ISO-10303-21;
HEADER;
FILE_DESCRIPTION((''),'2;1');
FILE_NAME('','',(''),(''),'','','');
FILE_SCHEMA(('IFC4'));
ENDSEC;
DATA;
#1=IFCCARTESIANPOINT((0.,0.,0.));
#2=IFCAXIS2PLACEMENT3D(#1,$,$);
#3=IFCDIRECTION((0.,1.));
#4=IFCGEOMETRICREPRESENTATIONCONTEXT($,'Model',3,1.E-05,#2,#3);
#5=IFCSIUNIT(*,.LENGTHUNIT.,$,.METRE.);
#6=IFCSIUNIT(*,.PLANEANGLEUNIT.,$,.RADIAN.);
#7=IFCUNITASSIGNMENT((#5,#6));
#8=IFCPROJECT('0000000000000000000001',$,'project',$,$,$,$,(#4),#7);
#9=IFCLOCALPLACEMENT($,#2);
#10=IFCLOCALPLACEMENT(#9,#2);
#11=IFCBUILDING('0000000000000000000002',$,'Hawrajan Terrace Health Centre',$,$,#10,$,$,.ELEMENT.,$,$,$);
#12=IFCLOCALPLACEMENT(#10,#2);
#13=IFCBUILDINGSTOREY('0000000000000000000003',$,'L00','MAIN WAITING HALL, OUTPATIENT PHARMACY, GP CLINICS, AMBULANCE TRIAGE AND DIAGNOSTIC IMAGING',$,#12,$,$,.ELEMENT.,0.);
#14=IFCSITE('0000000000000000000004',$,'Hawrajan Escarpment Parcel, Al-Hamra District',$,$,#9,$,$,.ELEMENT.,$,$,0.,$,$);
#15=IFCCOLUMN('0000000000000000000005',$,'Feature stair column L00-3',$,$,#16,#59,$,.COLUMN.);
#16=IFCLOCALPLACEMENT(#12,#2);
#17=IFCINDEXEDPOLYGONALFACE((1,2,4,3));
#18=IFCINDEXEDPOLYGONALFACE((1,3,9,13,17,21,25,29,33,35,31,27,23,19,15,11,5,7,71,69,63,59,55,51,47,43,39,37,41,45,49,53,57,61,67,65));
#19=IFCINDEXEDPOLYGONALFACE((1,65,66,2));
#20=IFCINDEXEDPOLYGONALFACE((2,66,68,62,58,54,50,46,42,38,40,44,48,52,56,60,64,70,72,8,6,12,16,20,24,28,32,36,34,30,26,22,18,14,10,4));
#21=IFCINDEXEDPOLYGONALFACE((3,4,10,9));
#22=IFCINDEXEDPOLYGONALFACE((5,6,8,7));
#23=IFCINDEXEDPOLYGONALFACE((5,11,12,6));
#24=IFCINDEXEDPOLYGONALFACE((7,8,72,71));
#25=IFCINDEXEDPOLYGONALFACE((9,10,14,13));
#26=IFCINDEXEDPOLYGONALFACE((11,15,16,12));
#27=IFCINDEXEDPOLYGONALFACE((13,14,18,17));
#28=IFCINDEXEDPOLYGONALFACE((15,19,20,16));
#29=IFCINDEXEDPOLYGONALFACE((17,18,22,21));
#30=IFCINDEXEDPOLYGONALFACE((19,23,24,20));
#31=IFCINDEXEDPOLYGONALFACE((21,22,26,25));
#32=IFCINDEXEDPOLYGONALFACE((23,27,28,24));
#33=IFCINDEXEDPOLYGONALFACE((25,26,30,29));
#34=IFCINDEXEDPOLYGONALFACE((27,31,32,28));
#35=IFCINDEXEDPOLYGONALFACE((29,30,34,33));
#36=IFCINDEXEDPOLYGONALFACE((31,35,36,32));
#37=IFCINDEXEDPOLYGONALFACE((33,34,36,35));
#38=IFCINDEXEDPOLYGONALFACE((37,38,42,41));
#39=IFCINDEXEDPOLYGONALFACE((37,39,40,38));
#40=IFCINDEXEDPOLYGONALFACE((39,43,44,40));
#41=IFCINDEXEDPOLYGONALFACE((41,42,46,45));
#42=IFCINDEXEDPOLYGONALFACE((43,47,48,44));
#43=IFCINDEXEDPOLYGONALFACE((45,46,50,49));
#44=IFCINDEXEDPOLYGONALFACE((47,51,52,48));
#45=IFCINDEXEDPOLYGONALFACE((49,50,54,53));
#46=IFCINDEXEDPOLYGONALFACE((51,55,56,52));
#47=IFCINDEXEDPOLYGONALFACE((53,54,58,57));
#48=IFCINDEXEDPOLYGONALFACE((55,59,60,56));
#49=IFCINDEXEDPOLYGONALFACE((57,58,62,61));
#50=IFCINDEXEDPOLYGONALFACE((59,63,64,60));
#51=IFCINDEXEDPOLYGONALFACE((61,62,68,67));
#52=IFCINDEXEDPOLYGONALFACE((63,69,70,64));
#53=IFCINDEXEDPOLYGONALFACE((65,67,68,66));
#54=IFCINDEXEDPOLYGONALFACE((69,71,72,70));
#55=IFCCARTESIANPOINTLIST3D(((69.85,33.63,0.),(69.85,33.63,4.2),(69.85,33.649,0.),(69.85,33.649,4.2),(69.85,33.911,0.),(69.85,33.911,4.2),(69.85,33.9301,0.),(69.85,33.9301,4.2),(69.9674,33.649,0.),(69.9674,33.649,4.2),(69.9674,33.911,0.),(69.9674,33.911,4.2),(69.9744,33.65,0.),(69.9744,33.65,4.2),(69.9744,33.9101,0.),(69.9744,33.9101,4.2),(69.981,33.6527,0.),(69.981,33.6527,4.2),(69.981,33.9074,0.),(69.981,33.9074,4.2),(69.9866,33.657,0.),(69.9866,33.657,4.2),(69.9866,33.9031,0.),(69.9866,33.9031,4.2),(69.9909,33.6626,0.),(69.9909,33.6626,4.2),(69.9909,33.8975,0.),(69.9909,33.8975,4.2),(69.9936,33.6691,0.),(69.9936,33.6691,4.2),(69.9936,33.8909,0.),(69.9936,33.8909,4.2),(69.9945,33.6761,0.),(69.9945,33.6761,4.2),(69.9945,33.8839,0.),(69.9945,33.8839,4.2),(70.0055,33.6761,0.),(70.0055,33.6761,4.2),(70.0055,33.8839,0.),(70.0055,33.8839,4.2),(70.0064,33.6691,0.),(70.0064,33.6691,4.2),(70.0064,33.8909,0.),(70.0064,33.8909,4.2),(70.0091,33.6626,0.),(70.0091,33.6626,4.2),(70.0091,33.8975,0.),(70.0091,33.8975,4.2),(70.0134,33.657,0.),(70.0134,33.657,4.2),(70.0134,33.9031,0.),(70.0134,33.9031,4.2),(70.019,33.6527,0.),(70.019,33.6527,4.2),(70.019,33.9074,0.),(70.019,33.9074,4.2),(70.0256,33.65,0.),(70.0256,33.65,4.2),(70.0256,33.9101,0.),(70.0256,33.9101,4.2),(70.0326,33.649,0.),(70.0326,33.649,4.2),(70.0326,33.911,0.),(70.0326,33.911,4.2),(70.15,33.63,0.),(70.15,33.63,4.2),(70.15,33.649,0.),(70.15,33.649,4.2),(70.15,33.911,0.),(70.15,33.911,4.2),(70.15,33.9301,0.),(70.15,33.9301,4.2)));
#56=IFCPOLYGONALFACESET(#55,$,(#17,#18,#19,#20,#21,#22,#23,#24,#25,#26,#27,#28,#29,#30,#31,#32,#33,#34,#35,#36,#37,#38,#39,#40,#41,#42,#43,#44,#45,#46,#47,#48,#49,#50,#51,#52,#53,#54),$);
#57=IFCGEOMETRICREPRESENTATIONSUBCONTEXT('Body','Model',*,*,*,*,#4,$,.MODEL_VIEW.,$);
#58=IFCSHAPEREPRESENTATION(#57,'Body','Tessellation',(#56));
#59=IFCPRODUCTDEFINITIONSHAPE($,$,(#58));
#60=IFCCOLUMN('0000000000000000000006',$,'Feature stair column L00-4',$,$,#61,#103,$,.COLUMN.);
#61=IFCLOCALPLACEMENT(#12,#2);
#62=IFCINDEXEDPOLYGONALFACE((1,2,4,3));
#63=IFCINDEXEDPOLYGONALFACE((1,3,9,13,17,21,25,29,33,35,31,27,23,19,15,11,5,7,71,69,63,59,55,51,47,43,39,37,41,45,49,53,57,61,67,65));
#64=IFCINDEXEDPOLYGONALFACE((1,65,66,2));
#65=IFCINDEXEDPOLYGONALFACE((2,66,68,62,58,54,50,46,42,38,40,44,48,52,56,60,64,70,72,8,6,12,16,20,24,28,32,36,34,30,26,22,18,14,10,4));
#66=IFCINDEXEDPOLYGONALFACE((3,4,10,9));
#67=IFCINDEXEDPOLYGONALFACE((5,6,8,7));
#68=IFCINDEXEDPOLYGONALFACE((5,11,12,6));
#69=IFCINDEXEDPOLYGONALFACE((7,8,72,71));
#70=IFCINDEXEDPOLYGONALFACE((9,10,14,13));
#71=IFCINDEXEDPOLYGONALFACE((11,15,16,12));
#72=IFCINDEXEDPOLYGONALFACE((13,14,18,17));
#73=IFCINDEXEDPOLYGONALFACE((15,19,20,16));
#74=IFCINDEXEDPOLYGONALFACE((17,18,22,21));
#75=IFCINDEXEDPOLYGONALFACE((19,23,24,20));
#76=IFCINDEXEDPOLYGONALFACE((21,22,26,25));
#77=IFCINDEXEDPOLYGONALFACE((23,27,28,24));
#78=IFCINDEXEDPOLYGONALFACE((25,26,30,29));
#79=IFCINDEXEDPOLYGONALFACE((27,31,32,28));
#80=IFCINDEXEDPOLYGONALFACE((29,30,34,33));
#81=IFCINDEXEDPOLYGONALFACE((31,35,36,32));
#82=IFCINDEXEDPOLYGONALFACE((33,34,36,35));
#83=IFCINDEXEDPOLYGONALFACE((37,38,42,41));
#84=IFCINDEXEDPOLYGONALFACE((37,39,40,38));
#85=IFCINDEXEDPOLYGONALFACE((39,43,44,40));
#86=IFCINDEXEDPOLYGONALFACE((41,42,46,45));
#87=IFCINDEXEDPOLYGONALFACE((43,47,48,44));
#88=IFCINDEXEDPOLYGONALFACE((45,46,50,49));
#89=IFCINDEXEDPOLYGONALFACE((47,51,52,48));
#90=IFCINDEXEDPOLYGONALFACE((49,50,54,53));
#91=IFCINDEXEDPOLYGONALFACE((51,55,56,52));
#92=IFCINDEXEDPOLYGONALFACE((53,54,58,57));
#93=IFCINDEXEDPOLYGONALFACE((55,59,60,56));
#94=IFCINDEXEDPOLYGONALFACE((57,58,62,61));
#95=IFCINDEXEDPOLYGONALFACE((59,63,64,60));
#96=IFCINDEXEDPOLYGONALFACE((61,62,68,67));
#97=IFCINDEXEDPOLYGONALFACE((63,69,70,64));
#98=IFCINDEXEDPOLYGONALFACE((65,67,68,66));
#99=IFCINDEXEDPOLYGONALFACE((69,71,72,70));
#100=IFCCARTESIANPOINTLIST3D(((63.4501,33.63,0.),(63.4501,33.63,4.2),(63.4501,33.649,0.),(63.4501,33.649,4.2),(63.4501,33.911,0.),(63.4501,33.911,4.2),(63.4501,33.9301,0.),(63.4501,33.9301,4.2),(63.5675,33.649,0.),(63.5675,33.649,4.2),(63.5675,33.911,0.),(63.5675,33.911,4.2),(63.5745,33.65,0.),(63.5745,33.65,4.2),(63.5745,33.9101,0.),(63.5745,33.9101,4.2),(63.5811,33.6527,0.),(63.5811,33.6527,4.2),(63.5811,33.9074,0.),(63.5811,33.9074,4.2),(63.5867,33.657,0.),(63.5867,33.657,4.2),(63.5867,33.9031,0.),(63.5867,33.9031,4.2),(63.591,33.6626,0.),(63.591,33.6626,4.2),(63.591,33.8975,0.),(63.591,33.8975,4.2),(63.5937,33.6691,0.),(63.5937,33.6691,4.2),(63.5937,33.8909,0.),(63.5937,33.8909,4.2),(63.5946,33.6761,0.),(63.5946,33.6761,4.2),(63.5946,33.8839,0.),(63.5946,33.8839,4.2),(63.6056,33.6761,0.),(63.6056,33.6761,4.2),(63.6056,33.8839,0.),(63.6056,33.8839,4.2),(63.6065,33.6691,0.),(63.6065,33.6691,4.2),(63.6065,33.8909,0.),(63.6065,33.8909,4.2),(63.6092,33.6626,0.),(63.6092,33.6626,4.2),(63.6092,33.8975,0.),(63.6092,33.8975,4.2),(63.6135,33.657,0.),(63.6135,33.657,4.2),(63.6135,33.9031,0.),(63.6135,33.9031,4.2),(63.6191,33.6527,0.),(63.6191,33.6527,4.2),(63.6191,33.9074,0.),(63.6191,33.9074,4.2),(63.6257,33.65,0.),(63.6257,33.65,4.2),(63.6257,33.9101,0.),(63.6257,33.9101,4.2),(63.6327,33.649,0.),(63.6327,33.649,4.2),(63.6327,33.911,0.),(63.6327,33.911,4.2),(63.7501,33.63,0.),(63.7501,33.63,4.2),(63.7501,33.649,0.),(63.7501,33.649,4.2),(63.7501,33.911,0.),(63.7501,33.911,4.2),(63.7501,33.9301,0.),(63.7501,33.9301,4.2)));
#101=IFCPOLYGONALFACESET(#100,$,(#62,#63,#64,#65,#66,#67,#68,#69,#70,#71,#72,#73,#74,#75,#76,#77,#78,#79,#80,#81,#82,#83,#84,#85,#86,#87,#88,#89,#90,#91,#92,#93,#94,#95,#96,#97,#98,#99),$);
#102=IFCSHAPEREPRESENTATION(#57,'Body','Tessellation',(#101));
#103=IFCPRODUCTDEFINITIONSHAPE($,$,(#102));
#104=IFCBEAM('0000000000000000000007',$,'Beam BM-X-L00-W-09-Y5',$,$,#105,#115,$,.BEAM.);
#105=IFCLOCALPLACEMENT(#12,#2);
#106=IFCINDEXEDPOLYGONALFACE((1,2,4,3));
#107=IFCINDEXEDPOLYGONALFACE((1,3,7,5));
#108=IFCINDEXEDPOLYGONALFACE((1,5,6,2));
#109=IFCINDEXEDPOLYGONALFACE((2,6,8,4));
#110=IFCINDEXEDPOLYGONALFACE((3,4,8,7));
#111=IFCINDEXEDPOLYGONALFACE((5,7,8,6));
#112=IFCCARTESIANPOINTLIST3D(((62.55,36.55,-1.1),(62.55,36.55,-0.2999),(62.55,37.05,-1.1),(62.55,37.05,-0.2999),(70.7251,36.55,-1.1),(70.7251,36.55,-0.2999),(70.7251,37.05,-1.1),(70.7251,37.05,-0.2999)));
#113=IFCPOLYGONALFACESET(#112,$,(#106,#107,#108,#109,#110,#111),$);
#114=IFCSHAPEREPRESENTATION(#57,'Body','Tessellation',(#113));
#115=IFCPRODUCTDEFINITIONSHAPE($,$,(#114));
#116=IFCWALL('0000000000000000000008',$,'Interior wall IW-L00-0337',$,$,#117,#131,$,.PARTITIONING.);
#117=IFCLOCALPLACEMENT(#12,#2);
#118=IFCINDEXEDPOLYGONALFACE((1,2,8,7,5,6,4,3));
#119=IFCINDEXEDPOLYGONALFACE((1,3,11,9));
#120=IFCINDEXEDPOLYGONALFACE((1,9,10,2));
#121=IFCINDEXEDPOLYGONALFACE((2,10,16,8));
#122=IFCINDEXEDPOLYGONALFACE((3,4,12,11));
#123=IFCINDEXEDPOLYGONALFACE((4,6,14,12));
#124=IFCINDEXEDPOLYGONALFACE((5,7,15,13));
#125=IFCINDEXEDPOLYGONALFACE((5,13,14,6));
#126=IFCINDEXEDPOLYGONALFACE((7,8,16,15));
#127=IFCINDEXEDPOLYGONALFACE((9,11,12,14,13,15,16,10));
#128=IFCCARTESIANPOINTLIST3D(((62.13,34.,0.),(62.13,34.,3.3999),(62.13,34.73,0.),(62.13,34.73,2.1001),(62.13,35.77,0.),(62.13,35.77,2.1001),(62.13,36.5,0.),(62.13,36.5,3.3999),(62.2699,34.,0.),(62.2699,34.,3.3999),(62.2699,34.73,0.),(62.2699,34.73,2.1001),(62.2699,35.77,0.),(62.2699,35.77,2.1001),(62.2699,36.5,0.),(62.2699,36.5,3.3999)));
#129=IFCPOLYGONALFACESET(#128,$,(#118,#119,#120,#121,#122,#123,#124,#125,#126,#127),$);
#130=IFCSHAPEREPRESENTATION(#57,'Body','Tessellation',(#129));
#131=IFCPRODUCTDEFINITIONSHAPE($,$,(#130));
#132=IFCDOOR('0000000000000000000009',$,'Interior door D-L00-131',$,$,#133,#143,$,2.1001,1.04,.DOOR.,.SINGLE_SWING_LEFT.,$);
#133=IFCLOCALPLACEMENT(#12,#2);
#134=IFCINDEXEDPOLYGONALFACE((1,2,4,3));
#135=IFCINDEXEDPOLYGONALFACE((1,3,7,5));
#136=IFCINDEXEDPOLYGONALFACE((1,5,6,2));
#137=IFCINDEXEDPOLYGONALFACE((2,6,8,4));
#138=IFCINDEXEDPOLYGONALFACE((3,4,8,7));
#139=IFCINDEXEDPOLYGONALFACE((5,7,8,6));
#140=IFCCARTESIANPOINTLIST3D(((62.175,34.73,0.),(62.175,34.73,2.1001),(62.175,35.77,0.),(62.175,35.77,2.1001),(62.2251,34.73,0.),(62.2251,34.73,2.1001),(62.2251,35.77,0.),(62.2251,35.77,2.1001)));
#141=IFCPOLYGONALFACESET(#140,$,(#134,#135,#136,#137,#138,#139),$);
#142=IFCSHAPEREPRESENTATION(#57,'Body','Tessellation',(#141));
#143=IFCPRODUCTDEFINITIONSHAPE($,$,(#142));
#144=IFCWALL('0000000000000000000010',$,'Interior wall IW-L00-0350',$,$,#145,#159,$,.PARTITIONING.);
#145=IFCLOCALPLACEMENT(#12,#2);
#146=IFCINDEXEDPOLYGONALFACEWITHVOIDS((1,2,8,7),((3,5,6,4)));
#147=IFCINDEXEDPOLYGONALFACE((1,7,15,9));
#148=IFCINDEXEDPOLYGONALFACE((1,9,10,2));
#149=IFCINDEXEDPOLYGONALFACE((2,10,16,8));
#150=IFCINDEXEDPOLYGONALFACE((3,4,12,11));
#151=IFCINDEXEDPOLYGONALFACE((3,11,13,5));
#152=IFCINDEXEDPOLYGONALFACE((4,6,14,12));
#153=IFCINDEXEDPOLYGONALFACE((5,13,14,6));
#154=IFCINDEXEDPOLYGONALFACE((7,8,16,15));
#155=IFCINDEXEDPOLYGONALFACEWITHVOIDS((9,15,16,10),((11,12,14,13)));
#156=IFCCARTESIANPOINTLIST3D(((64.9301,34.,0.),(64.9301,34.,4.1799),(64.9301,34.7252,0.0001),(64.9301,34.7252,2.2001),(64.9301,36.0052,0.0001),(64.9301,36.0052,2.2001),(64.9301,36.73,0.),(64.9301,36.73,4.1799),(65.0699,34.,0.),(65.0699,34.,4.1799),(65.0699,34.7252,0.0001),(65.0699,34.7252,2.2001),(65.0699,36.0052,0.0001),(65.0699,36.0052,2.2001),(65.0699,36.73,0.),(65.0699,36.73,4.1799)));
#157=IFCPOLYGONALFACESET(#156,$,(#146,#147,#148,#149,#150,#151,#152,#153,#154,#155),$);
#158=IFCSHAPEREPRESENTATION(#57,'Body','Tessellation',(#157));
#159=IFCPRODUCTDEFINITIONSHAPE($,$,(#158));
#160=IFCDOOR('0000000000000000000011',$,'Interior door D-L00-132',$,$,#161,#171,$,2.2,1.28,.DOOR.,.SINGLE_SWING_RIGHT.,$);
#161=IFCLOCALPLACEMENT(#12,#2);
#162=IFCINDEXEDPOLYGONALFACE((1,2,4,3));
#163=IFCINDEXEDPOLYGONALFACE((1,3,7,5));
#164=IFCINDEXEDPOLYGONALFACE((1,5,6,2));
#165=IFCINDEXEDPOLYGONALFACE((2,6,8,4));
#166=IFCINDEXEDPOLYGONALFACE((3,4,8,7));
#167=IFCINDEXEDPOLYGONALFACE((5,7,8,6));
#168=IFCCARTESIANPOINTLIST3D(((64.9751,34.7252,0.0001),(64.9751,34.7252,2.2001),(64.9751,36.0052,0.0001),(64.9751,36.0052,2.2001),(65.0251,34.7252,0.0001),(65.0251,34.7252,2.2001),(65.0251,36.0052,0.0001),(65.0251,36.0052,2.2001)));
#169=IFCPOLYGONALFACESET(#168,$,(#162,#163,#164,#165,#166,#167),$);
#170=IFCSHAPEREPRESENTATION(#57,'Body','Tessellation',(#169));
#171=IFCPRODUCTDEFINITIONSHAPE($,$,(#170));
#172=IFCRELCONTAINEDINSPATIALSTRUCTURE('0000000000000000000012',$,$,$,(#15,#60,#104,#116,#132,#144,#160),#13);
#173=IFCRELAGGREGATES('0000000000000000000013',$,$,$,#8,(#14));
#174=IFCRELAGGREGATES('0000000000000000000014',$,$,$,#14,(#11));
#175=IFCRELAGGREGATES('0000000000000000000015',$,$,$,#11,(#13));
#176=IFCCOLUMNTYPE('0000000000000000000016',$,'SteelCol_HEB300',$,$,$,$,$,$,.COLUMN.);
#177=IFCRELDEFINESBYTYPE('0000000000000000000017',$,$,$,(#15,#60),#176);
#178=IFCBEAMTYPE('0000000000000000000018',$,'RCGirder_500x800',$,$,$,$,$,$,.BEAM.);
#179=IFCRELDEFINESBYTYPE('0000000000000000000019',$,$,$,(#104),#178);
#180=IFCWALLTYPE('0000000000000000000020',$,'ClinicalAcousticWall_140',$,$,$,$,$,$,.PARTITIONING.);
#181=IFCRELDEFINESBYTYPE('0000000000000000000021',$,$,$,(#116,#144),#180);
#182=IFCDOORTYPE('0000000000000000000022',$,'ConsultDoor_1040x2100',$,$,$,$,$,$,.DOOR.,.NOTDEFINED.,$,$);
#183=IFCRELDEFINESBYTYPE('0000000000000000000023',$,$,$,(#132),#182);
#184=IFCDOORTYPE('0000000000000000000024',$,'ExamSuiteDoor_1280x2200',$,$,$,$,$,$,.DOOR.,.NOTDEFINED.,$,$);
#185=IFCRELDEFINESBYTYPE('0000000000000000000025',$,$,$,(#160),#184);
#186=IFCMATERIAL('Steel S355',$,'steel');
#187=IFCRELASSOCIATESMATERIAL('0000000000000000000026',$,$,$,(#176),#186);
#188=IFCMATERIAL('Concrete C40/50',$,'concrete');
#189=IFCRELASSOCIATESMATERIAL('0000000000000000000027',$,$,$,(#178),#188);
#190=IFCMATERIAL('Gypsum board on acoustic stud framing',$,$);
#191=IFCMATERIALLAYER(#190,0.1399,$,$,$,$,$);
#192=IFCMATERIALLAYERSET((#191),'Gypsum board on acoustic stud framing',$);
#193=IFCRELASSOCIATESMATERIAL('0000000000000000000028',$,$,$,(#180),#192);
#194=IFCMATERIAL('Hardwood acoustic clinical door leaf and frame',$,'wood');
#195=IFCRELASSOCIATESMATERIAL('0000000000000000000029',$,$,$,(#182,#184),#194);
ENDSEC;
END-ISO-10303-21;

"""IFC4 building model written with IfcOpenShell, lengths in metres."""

from ifc_helpers import new_model, si_unit, direction, frame, frame_2d, origin, origin_2d, place, context, subcontext, project, spatial, rectangle, i_section, extrude, material, layer, layer_set, material_profile, profile_set, type_object, element, fill, save


model = new_model("IFC4")

# Units and contexts
model_context = context("Model", 3, precision=1e-05, world=origin(), true_north=direction((0.0, 1.0)))
body_context = subcontext(model_context, "Body", "Model", "MODEL_VIEW")
ifc_project = project(units=[si_unit("LENGTHUNIT", "METRE"), si_unit("PLANEANGLEUNIT", "RADIAN")], contexts=[model_context])

# Site, building, storey
site_placement = place(None, origin())
site = spatial("IfcSite", under=ifc_project, at=site_placement, Name="Hawrajan Escarpment Parcel, Al-Hamra District", CompositionType="ELEMENT", RefElevation=0.0)
building_placement = place(site_placement, origin())
building = spatial("IfcBuilding", under=site, at=building_placement, Name="Hawrajan Terrace Health Centre", CompositionType="ELEMENT")
storey_placement = place(building_placement, origin())
storey = spatial("IfcBuildingStorey", under=building, at=storey_placement, Name="L00", Description="MAIN WAITING HALL, OUTPATIENT PHARMACY, GP CLINICS, AMBULANCE TRIAGE AND DIAGNOSTIC IMAGING", CompositionType="ELEMENT", Elevation=0.0)

# Shared definitions
ifc_material_1 = material(Name="Concrete C40/50", Category="concrete")

# Columns
ifc_material_2 = material(Name="Steel S355", Category="steel")
ifc_material_profile_1 = material_profile(ifc_material_2, i_section(OverallWidth=0.3, OverallDepth=0.3, WebThickness=0.011, FlangeThickness=0.019, FilletRadius=0.0271, at=origin_2d()), Name="HEB 300")
ifc_profile_set_1 = profile_set([ifc_material_profile_1], Name="Steel S355")
column_type_1 = type_object("IfcColumnType", Name="SteelCol_HEB300", PredefinedType="COLUMN", material=ifc_profile_set_1)
for number, where, z_axis, x_axis, name in (
    (1, (70.0, 33.78, 0.0), (0.0, 0.0, 1.0), (1.0, 0.0, 0.0), "Feature stair column L00-3"),
    (2, (63.6001, 33.78, 0.0), (0.0, 0.0, 1.0), (1.0, 0.0, 0.0), "Feature stair column L00-4"),
):
    element("IfcColumn", number, at=place(storey_placement, frame(where, z_axis=z_axis, x_axis=x_axis)), inside=storey, type_object=column_type_1, Name=name, PredefinedType="COLUMN", context=body_context, shape_type="SweptSolid", body=[
        extrude(i_section(OverallWidth=0.3, OverallDepth=0.3, WebThickness=0.011, FlangeThickness=0.019, FilletRadius=0.0271, at=origin_2d()), origin(), (0.0, 0.0, 1.0), 4.2),
    ])

# Beam
ifc_material_profile_2 = material_profile(ifc_material_1, rectangle(XDim=0.5, YDim=0.8, at=origin_2d()), Name="RC BM 500x800")
ifc_profile_set_2 = profile_set([ifc_material_profile_2], Name="Concrete C40/50")
beam_type = type_object("IfcBeamType", Name="RCGirder_500x800", PredefinedType="BEAM", material=ifc_profile_set_2)
beam_placement = place(storey_placement, frame((62.55, 36.8, -0.7), z_axis=(1.0, 0.0, 0.0), x_axis=(0.0, 1.0, 0.0)))
element("IfcBeam", 3, at=beam_placement, inside=storey, type_object=beam_type, Name="Beam BM-X-L00-W-09-Y5", PredefinedType="BEAM", context=body_context, shape_type="SweptSolid", body=[
    extrude(rectangle(XDim=0.5, YDim=0.8, at=origin_2d()), origin(), (0.0, 0.0, 1.0), 8.175),
])

# Walls, openings, doors
ifc_material_3 = material(Name="Gypsum board on acoustic stud framing")
ifc_layer_1 = layer(ifc_material_3, 0.1399)
ifc_layer_set_1 = layer_set([ifc_layer_1], Name="Gypsum board on acoustic stud framing")
wall_type_1 = type_object("IfcWallType", Name="ClinicalAcousticWall_140", PredefinedType="PARTITIONING", material=ifc_layer_set_1)
wall_1_placement = place(storey_placement, frame((62.2, 34.0, 0.0), z_axis=(0.0, 0.0, 1.0), x_axis=(0.0, 1.0, 0.0)))
wall_1 = element("IfcWall", 4, at=wall_1_placement, inside=storey, type_object=wall_type_1, Name="Interior wall IW-L00-0337", PredefinedType="PARTITIONING", context=body_context, shape_type="SweptSolid", body=[
    extrude(rectangle(XDim=2.5, YDim=0.1399, at=frame_2d((1.25, 0.0))), origin(), (0.0, 0.0, 1.0), 3.3999),
])
opening_1_placement = place(wall_1_placement, frame((0.73, 0.0, 0.0)))
opening_1 = element("IfcOpeningElement", 5, at=opening_1_placement, cuts=wall_1, PredefinedType="OPENING", context=body_context, shape_type="SweptSolid", body=[
    extrude(rectangle(XDim=1.04, YDim=2.1001, at=frame_2d((0.52, 1.05))), frame((0.0, 0.0798, 0.0), z_axis=(0.0, -1.0, 0.0), x_axis=(1.0, 0.0, 0.0)), (0.0, 0.0, 1.0), 0.1599),
])
ifc_material_4 = material(Name="Hardwood acoustic clinical door leaf and frame", Category="wood")
door_type_1 = type_object("IfcDoorType", Name="ConsultDoor_1040x2100", OperationType="NOTDEFINED", PredefinedType="DOOR", material=ifc_material_4)
door_1_placement = place(opening_1_placement, origin())
door_1 = element("IfcDoor", 6, at=door_1_placement, inside=storey, type_object=door_type_1, Name="Interior door D-L00-131", OperationType="SINGLE_SWING_LEFT", OverallHeight=2.1001, OverallWidth=1.04, PredefinedType="DOOR", context=body_context, shape_type="SweptSolid", body=[
    extrude(rectangle(XDim=1.04, YDim=2.1001, at=frame_2d((0.52, 1.05))), frame((0.0, 0.0249, 0.0), z_axis=(0.0, -1.0, 0.0), x_axis=(1.0, 0.0, 0.0)), (0.0, 0.0, 1.0), 0.05),
])
fill(opening_1, door_1)
wall_2_placement = place(storey_placement, frame((65.0, 34.0, 0.0), z_axis=(0.0, 0.0, 1.0), x_axis=(0.0, 1.0, 0.0)))
wall_2 = element("IfcWall", 7, at=wall_2_placement, inside=storey, type_object=wall_type_1, Name="Interior wall IW-L00-0350", PredefinedType="PARTITIONING", context=body_context, shape_type="SweptSolid", body=[
    extrude(rectangle(XDim=2.73, YDim=0.1399, at=frame_2d((1.365, 0.0))), origin(), (0.0, 0.0, 1.0), 4.1799),
])
opening_2_placement = place(wall_2_placement, frame((0.7251, 0.0, 0.0)))
opening_2 = element("IfcOpeningElement", 8, at=opening_2_placement, cuts=wall_2, PredefinedType="OPENING", context=body_context, shape_type="SweptSolid", body=[
    extrude(rectangle(XDim=1.28, YDim=2.2, at=frame_2d((0.6401, 1.1001))), frame((0.0, 0.0798, 0.0), z_axis=(0.0, -1.0, 0.0), x_axis=(1.0, 0.0, 0.0)), (0.0, 0.0, 1.0), 0.1599),
])
door_type_2 = type_object("IfcDoorType", Name="ExamSuiteDoor_1280x2200", OperationType="NOTDEFINED", PredefinedType="DOOR", material=ifc_material_4)
door_2_placement = place(opening_2_placement, origin())
door_2 = element("IfcDoor", 9, at=door_2_placement, inside=storey, type_object=door_type_2, Name="Interior door D-L00-132", OperationType="SINGLE_SWING_RIGHT", OverallHeight=2.2, OverallWidth=1.28, PredefinedType="DOOR", context=body_context, shape_type="SweptSolid", body=[
    extrude(rectangle(XDim=1.28, YDim=2.2, at=frame_2d((0.6401, 1.1001))), frame((0.0, 0.0249, 0.0), z_axis=(0.0, -1.0, 0.0), x_axis=(1.0, 0.0, 0.0)), (0.0, 0.0, 1.0), 0.05),
])
fill(opening_2, door_2)

save(model, "model.ifc")
